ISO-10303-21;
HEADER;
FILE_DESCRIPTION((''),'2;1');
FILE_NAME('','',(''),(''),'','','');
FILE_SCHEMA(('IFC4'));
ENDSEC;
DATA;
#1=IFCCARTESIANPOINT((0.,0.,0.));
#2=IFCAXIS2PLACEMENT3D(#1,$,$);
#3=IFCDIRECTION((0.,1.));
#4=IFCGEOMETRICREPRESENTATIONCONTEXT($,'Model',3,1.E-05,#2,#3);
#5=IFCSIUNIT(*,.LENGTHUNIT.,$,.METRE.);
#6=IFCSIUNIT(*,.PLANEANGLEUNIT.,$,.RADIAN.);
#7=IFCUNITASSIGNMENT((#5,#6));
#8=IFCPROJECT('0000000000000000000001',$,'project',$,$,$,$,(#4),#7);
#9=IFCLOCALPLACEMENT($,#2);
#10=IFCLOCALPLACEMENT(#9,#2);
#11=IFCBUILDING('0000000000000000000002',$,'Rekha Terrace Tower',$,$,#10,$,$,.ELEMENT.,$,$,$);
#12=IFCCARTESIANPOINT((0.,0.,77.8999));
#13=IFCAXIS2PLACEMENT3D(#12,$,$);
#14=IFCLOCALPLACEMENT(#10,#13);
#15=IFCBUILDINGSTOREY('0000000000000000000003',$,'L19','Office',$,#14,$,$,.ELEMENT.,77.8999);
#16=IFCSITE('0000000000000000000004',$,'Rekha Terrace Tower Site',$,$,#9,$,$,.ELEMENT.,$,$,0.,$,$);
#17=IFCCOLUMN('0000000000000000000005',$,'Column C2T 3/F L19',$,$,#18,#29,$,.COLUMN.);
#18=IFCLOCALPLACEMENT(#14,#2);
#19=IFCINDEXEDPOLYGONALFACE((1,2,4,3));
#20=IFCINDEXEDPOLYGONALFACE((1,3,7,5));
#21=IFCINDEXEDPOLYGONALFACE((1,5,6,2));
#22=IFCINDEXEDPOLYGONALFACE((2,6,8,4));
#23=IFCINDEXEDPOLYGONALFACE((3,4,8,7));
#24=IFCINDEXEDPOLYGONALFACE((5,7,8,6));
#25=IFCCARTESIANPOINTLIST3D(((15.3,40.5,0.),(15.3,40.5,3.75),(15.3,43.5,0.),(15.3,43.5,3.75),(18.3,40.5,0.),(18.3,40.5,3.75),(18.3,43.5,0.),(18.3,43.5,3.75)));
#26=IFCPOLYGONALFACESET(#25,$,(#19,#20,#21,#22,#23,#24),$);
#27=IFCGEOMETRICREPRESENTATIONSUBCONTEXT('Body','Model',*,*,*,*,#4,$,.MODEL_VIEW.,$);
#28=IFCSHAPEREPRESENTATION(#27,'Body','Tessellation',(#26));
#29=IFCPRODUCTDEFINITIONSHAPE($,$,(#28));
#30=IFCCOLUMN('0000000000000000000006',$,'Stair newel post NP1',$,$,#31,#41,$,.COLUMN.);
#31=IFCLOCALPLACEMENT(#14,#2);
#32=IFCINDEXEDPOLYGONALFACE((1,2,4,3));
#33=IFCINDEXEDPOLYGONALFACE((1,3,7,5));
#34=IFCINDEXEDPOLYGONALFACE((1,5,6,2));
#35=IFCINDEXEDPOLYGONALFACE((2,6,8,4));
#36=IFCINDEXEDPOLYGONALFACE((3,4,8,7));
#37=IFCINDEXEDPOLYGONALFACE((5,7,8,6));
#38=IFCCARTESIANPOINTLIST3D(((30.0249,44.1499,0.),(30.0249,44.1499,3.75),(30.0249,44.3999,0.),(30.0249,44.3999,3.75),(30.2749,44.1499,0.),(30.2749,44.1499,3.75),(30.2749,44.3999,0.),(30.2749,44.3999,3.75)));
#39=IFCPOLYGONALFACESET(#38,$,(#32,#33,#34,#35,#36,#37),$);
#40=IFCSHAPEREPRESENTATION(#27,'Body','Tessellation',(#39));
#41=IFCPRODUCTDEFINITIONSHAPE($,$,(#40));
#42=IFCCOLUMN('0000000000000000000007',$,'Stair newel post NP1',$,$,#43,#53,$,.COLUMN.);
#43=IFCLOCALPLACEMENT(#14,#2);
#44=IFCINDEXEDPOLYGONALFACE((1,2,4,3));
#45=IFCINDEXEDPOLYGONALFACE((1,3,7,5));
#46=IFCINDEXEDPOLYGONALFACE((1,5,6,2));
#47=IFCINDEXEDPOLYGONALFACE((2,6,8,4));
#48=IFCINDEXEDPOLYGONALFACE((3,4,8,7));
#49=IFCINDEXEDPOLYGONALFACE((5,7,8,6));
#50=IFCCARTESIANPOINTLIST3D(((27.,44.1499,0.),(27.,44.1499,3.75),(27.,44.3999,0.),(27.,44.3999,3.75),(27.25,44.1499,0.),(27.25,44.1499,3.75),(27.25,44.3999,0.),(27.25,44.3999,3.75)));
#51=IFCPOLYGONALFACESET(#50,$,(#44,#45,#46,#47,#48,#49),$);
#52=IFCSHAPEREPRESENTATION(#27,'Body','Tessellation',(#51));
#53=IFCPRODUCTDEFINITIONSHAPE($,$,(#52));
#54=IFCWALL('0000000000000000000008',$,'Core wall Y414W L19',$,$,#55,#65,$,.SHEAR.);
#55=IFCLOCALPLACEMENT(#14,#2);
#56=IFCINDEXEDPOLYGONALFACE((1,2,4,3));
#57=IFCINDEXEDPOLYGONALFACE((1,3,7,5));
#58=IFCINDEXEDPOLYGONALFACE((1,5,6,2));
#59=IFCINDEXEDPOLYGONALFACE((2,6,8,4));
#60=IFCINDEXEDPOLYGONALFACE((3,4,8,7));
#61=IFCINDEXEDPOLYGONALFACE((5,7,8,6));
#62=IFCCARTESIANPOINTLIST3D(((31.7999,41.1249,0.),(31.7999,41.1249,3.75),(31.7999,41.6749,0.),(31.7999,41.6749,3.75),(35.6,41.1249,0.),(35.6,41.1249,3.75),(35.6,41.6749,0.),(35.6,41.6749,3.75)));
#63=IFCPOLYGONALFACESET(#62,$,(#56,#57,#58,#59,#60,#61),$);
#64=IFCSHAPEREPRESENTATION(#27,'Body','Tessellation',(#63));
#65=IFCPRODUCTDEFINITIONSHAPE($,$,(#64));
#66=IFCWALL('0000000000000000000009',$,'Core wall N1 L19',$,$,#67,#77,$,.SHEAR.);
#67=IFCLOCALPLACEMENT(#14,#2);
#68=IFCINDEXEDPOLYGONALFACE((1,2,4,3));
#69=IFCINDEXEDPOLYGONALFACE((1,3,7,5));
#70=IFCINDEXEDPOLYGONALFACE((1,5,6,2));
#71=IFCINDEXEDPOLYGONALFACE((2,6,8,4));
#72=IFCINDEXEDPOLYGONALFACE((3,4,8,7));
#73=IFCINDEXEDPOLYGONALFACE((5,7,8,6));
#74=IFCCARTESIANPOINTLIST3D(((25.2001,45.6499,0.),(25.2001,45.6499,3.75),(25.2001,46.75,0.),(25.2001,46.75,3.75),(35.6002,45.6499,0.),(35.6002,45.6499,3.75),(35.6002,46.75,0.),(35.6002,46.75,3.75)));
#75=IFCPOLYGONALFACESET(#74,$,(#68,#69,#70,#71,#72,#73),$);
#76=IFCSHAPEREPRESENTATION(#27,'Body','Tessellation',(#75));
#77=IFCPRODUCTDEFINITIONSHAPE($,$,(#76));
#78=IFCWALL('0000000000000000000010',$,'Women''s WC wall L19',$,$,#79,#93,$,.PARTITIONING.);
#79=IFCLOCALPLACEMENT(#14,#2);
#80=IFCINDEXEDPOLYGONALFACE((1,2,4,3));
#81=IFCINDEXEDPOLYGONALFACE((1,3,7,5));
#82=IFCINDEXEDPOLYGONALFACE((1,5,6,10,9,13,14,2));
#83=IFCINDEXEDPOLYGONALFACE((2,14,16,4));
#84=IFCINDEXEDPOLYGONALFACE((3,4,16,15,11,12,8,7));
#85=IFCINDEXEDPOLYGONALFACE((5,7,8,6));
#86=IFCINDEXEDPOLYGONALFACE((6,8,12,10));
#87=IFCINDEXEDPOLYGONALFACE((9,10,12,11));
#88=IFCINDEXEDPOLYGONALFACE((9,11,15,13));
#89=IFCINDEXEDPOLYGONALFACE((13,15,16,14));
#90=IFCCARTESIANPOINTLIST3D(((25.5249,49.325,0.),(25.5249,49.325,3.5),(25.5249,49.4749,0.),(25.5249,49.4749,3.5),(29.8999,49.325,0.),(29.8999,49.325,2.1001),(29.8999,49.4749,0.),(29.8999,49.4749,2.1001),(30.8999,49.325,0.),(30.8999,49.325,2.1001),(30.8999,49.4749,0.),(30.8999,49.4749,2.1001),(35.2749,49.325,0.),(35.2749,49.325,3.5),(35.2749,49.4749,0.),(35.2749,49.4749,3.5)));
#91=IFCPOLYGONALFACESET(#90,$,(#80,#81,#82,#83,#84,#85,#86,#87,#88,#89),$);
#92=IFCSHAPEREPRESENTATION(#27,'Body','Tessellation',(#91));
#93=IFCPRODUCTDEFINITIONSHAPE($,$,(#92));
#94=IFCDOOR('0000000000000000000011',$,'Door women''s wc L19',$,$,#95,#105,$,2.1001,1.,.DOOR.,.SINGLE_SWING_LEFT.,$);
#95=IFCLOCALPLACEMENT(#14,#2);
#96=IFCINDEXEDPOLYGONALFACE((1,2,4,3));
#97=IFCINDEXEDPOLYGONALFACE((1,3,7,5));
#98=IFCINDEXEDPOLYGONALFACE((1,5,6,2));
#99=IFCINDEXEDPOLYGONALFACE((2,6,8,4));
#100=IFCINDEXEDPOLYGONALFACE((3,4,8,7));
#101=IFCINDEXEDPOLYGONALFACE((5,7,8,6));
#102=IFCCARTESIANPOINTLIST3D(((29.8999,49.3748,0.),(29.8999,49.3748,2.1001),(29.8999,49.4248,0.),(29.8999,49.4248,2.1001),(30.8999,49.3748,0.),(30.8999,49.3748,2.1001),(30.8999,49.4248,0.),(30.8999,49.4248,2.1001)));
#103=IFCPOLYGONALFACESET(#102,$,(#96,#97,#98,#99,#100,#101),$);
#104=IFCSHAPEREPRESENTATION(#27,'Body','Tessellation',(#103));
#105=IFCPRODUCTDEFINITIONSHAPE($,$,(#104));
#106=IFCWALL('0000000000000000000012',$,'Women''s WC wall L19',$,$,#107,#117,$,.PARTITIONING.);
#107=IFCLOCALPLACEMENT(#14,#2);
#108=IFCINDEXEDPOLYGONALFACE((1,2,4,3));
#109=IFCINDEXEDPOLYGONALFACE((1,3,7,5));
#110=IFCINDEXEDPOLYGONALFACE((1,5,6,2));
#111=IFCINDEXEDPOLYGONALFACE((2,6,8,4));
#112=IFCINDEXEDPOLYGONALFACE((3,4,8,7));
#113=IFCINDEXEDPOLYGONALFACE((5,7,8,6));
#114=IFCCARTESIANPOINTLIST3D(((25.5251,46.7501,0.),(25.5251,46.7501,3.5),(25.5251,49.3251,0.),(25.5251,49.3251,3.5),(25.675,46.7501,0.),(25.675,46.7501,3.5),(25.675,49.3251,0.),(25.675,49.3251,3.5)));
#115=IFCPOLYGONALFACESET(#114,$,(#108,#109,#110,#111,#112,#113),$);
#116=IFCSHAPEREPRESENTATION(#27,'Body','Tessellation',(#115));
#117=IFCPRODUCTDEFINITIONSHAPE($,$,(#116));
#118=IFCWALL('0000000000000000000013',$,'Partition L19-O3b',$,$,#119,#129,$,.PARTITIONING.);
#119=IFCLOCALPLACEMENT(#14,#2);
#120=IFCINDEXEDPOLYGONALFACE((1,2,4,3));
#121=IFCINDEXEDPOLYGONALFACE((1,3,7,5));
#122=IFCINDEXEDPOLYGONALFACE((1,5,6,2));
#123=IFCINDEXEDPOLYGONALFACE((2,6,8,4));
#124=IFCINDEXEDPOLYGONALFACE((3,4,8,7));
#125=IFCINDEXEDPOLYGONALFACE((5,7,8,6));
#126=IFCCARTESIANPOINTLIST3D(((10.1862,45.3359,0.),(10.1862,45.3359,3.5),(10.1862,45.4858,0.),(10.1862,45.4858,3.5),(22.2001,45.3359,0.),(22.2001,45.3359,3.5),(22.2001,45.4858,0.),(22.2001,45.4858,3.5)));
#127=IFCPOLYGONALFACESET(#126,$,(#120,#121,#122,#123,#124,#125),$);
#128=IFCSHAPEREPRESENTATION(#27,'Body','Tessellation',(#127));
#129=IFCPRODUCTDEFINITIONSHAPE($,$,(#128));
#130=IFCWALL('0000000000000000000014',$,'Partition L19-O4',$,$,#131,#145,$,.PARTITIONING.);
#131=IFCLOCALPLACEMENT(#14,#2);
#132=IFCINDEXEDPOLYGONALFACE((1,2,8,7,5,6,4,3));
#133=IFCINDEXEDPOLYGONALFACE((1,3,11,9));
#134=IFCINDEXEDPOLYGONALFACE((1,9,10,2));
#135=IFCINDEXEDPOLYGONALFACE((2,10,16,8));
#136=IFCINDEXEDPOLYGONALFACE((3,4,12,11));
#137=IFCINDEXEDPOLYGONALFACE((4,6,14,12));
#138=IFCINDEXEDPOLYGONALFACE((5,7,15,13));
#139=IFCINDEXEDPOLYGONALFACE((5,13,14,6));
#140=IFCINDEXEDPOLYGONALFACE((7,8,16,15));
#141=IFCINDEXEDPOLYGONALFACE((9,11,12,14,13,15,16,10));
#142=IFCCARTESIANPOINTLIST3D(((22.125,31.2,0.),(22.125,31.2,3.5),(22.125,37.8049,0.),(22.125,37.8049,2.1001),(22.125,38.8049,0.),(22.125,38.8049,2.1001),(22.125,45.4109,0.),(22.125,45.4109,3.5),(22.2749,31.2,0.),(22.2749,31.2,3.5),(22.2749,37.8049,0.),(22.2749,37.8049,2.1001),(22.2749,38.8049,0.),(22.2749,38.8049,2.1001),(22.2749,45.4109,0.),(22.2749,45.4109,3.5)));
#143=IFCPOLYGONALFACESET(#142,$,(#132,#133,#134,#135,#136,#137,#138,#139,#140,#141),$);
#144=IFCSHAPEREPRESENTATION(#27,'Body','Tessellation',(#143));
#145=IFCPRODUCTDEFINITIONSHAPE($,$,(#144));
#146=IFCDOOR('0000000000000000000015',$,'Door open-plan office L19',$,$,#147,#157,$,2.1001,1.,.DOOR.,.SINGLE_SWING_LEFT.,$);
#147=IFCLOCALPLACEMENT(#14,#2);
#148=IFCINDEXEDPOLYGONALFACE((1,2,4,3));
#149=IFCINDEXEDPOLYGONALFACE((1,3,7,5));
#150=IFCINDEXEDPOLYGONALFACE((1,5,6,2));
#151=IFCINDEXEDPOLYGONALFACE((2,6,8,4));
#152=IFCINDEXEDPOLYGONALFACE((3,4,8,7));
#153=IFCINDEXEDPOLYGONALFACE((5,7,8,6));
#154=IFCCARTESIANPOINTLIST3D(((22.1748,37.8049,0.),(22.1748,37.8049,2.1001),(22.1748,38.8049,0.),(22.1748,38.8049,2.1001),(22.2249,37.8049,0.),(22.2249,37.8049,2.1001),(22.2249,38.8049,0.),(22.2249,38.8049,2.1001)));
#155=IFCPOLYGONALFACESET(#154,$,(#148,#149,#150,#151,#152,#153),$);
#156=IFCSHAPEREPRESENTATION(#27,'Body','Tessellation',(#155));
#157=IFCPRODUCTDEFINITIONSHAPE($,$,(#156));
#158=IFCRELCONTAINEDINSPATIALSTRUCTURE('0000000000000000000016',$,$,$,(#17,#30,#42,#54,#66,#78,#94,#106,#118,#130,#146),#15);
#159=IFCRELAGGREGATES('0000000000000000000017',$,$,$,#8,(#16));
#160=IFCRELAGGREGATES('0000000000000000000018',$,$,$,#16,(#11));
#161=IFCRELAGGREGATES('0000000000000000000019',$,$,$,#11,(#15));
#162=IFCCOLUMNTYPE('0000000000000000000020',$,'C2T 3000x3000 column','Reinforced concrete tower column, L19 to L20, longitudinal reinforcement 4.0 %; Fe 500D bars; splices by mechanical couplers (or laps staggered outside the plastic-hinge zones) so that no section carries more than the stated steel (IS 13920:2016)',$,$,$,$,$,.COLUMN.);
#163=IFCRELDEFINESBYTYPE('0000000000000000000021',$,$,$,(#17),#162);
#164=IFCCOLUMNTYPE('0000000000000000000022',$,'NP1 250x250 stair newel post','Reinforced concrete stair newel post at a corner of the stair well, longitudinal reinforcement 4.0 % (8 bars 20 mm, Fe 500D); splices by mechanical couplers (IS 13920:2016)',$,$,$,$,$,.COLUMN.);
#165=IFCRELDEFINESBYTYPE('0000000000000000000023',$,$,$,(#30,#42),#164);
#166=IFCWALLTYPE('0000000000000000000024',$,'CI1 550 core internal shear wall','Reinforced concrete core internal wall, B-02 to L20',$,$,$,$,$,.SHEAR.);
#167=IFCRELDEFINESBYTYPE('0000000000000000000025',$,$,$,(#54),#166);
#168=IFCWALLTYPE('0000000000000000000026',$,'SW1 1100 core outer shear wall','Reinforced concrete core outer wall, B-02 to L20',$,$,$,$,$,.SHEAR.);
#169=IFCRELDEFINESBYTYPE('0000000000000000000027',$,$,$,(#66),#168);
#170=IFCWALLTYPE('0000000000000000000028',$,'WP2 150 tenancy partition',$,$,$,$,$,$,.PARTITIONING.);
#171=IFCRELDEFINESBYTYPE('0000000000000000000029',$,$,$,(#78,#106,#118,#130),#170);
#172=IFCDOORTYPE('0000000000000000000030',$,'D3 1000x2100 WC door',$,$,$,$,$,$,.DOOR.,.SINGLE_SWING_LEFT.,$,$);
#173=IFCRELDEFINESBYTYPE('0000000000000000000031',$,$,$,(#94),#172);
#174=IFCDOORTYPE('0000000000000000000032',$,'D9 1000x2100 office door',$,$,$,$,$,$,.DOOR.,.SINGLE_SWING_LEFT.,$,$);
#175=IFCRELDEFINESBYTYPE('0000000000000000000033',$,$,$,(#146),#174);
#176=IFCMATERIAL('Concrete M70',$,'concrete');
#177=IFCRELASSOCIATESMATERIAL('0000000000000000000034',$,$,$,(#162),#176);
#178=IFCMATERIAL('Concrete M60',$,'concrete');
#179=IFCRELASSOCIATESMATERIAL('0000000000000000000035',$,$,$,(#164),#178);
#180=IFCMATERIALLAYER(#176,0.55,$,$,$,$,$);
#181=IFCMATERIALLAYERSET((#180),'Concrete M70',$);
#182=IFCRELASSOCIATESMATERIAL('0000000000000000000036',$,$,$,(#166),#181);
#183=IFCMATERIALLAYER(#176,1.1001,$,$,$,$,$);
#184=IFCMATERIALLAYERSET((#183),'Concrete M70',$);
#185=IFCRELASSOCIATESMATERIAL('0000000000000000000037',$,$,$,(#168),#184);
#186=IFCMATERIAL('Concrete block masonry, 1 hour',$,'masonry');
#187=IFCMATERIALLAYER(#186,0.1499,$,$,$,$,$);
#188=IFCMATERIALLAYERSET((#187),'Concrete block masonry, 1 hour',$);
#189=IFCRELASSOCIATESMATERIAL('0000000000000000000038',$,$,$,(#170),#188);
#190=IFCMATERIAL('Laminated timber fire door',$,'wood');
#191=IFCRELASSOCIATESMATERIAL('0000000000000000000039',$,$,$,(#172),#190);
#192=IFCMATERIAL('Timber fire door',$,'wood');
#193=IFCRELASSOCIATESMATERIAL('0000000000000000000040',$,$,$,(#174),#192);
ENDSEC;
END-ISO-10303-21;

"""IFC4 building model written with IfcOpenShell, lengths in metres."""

from ifc_helpers import new_model, si_unit, direction, frame, frame_2d, origin, origin_2d, place, context, subcontext, project, spatial, rectangle, extrude, material, layer, layer_set, material_profile, profile_set, type_object, element, fill, save


model = new_model("IFC4")

# Units and contexts
model_context = context("Model", 3, precision=1e-05, world=origin(), true_north=direction((0.0, 1.0)))
body_context = subcontext(model_context, "Body", "Model", "MODEL_VIEW")
ifc_project = project(units=[si_unit("LENGTHUNIT", "METRE"), si_unit("PLANEANGLEUNIT", "RADIAN")], contexts=[model_context])

# Site, building, storey
site_placement = place(None, origin())
site = spatial("IfcSite", under=ifc_project, at=site_placement, Name="Rekha Terrace Tower Site", CompositionType="ELEMENT", RefElevation=0.0)
building_placement = place(site_placement, origin())
building = spatial("IfcBuilding", under=site, at=building_placement, Name="Rekha Terrace Tower", CompositionType="ELEMENT")
storey_placement = place(building_placement, frame((0.0, 0.0, 77.8999)))
storey = spatial("IfcBuildingStorey", under=building, at=storey_placement, Name="L19", Description="Office", CompositionType="ELEMENT", Elevation=77.8999)

# Columns
ifc_material_1 = material(Name="Concrete M70", Category="concrete")
ifc_material_profile_1 = material_profile(ifc_material_1, rectangle(XDim=3.0, YDim=3.0, at=origin_2d()), Name="RC 3000x3000")
ifc_profile_set_1 = profile_set([ifc_material_profile_1], Name="Concrete M70")
column_type_1 = type_object("IfcColumnType", Name="C2T 3000x3000 column", Description="Reinforced concrete tower column, L19 to L20, longitudinal reinforcement 4.0 %; Fe 500D bars; splices by mechanical couplers (or laps staggered outside the plastic-hinge zones) so that no section carries more than the stated steel (IS 13920:2016)", PredefinedType="COLUMN", material=ifc_profile_set_1)
column_placement = place(storey_placement, frame((16.8, 42.0, 0.0), z_axis=(0.0, 0.0, 1.0), x_axis=(1.0, 0.0, 0.0)))
element("IfcColumn", 1, at=column_placement, inside=storey, type_object=column_type_1, Name="Column C2T 3/F L19", PredefinedType="COLUMN", context=body_context, shape_type="SweptSolid", body=[
    extrude(rectangle(XDim=3.0, YDim=3.0, at=origin_2d()), origin(), (0.0, 0.0, 1.0), 3.75),
])
ifc_material_2 = material(Name="Concrete M60", Category="concrete")
ifc_material_profile_2 = material_profile(ifc_material_2, rectangle(XDim=0.25, YDim=0.25, at=origin_2d()), Name="RC 250x250")
ifc_profile_set_2 = profile_set([ifc_material_profile_2], Name="Concrete M60")
column_type_2 = type_object("IfcColumnType", Name="NP1 250x250 stair newel post", Description="Reinforced concrete stair newel post at a corner of the stair well, longitudinal reinforcement 4.0 % (8 bars 20 mm, Fe 500D); splices by mechanical couplers (IS 13920:2016)", PredefinedType="COLUMN", material=ifc_profile_set_2)
for number, where, z_axis, x_axis, name in (
    (2, (30.1499, 44.2749, 0.0), (0.0, 0.0, 1.0), (1.0, 0.0, 0.0), "Stair newel post NP1"),
    (3, (27.125, 44.2749, 0.0), (0.0, 0.0, 1.0), (1.0, 0.0, 0.0), "Stair newel post NP1"),
):
    element("IfcColumn", number, at=place(storey_placement, frame(where, z_axis=z_axis, x_axis=x_axis)), inside=storey, type_object=column_type_2, Name=name, PredefinedType="COLUMN", context=body_context, shape_type="SweptSolid", body=[
        extrude(rectangle(XDim=0.25, YDim=0.25, at=origin_2d()), origin(), (0.0, 0.0, 1.0), 3.75),
    ])

# Walls
ifc_layer_1 = layer(ifc_material_1, 0.55)
ifc_layer_set_1 = layer_set([ifc_layer_1], Name="Concrete M70")
wall_type_1 = type_object("IfcWallType", Name="CI1 550 core internal shear wall", Description="Reinforced concrete core internal wall, B-02 to L20", PredefinedType="SHEAR", material=ifc_layer_set_1)
wall_1_placement = place(storey_placement, frame((31.8, 41.3999, 0.0), z_axis=(0.0, 0.0, 1.0), x_axis=(1.0, 0.0, 0.0)))
element("IfcWall", 4, at=wall_1_placement, inside=storey, type_object=wall_type_1, Name="Core wall Y414W L19", PredefinedType="SHEAR", context=body_context, shape_type="SweptSolid", body=[
    extrude(rectangle(XDim=3.8, YDim=0.55, at=frame_2d((1.8999, 0.0))), origin(), (0.0, 0.0, 1.0), 3.75),
])
ifc_layer_2 = layer(ifc_material_1, 1.1001)
ifc_layer_set_2 = layer_set([ifc_layer_2], Name="Concrete M70")
wall_type_2 = type_object("IfcWallType", Name="SW1 1100 core outer shear wall", Description="Reinforced concrete core outer wall, B-02 to L20", PredefinedType="SHEAR", material=ifc_layer_set_2)
wall_2_placement = place(storey_placement, frame((25.2, 46.2, 0.0), z_axis=(0.0, 0.0, 1.0), x_axis=(1.0, 0.0, 0.0)))
element("IfcWall", 5, at=wall_2_placement, inside=storey, type_object=wall_type_2, Name="Core wall N1 L19", PredefinedType="SHEAR", context=body_context, shape_type="SweptSolid", body=[
    extrude(rectangle(XDim=10.4001, YDim=1.1001, at=frame_2d((5.2002, 0.0))), origin(), (0.0, 0.0, 1.0), 3.75),
])

# Wall, opening, door
ifc_material_3 = material(Name="Concrete block masonry, 1 hour", Category="masonry")
ifc_layer_3 = layer(ifc_material_3, 0.1499)
ifc_layer_set_3 = layer_set([ifc_layer_3], Name="Concrete block masonry, 1 hour")
wall_type_3 = type_object("IfcWallType", Name="WP2 150 tenancy partition", PredefinedType="PARTITIONING", material=ifc_layer_set_3)
wall_3_placement = place(storey_placement, frame((25.5249, 49.3999, 0.0), z_axis=(0.0, 0.0, 1.0), x_axis=(1.0, 0.0, 0.0)))
wall_3 = element("IfcWall", 6, at=wall_3_placement, inside=storey, type_object=wall_type_3, Name="Women's WC wall L19", PredefinedType="PARTITIONING", context=body_context, shape_type="SweptSolid", body=[
    extrude(rectangle(XDim=9.75, YDim=0.1499, at=frame_2d((4.875, 0.0))), origin(), (0.0, 0.0, 1.0), 3.5),
])
opening_1_placement = place(wall_3_placement, frame((4.375, 0.0, 0.0)))
opening_1 = element("IfcOpeningElement", 7, at=opening_1_placement, cuts=wall_3, PredefinedType="OPENING", context=body_context, shape_type="SweptSolid", body=[
    extrude(rectangle(XDim=1.0, YDim=2.1001, at=frame_2d((0.5, 1.05))), frame((0.0, 0.085, 0.0), z_axis=(0.0, -1.0, 0.0), x_axis=(1.0, 0.0, 0.0)), (0.0, 0.0, 1.0), 0.1699),
])
ifc_material_4 = material(Name="Laminated timber fire door", Category="wood")
door_type_1 = type_object("IfcDoorType", Name="D3 1000x2100 WC door", OperationType="SINGLE_SWING_LEFT", PredefinedType="DOOR", material=ifc_material_4)
door_1_placement = place(opening_1_placement, origin())
door_1 = element("IfcDoor", 8, at=door_1_placement, inside=storey, type_object=door_type_1, Name="Door women's wc L19", OperationType="SINGLE_SWING_LEFT", OverallHeight=2.1001, OverallWidth=1.0, PredefinedType="DOOR", context=body_context, shape_type="SweptSolid", body=[
    extrude(rectangle(XDim=1.0, YDim=2.1001, at=frame_2d((0.5, 1.05))), frame((0.0, 0.0249, 0.0), z_axis=(0.0, -1.0, 0.0), x_axis=(1.0, 0.0, 0.0)), (0.0, 0.0, 1.0), 0.05),
])
fill(opening_1, door_1)

# Walls
wall_4_placement = place(storey_placement, frame((25.6001, 46.75, 0.0), z_axis=(0.0, 0.0, 1.0), x_axis=(0.0, 1.0, 0.0)))
element("IfcWall", 9, at=wall_4_placement, inside=storey, type_object=wall_type_3, Name="Women's WC wall L19", PredefinedType="PARTITIONING", context=body_context, shape_type="SweptSolid", body=[
    extrude(rectangle(XDim=2.575, YDim=0.1499, at=frame_2d((1.2876, 0.0))), origin(), (0.0, 0.0, 1.0), 3.5),
])
wall_5_placement = place(storey_placement, frame((22.2, 45.4109, 0.0), z_axis=(0.0, 0.0, 1.0), x_axis=(-1.0, 0.0, 0.0)))
element("IfcWall", 10, at=wall_5_placement, inside=storey, type_object=wall_type_3, Name="Partition L19-O3b", PredefinedType="PARTITIONING", context=body_context, shape_type="SweptSolid", body=[
    extrude(rectangle(XDim=12.0139, YDim=0.1499, at=frame_2d((6.0068, 0.0))), origin(), (0.0, 0.0, 1.0), 3.5),
])

# Wall, opening, door
wall_6_placement = place(storey_placement, frame((22.2, 45.4109, 0.0), z_axis=(0.0, 0.0, 1.0), x_axis=(0.0, -1.0, 0.0)))
wall_6 = element("IfcWall", 11, at=wall_6_placement, inside=storey, type_object=wall_type_3, Name="Partition L19-O4", PredefinedType="PARTITIONING", context=body_context, shape_type="SweptSolid", body=[
    extrude(rectangle(XDim=14.2109, YDim=0.1499, at=frame_2d((7.1055, 0.0))), origin(), (0.0, 0.0, 1.0), 3.5),
])
opening_2_placement = place(wall_6_placement, frame((6.606, 0.0, 0.0)))
opening_2 = element("IfcOpeningElement", 12, at=opening_2_placement, cuts=wall_6, PredefinedType="OPENING", context=body_context, shape_type="SweptSolid", body=[
    extrude(rectangle(XDim=1.0, YDim=2.1001, at=frame_2d((0.5, 1.05))), frame((0.0, 0.085, 0.0), z_axis=(0.0, -1.0, 0.0), x_axis=(1.0, 0.0, 0.0)), (0.0, 0.0, 1.0), 0.1699),
])
ifc_material_5 = material(Name="Timber fire door", Category="wood")
door_type_2 = type_object("IfcDoorType", Name="D9 1000x2100 office door", OperationType="SINGLE_SWING_LEFT", PredefinedType="DOOR", material=ifc_material_5)
door_2_placement = place(opening_2_placement, origin())
door_2 = element("IfcDoor", 13, at=door_2_placement, inside=storey, type_object=door_type_2, Name="Door open-plan office L19", OperationType="SINGLE_SWING_LEFT", OverallHeight=2.1001, OverallWidth=1.0, PredefinedType="DOOR", context=body_context, shape_type="SweptSolid", body=[
    extrude(rectangle(XDim=1.0, YDim=2.1001, at=frame_2d((0.5, 1.05))), frame((0.0, 0.0249, 0.0), z_axis=(0.0, -1.0, 0.0), x_axis=(1.0, 0.0, 0.0)), (0.0, 0.0, 1.0), 0.05),
])
fill(opening_2, door_2)

save(model, "model.ifc")
